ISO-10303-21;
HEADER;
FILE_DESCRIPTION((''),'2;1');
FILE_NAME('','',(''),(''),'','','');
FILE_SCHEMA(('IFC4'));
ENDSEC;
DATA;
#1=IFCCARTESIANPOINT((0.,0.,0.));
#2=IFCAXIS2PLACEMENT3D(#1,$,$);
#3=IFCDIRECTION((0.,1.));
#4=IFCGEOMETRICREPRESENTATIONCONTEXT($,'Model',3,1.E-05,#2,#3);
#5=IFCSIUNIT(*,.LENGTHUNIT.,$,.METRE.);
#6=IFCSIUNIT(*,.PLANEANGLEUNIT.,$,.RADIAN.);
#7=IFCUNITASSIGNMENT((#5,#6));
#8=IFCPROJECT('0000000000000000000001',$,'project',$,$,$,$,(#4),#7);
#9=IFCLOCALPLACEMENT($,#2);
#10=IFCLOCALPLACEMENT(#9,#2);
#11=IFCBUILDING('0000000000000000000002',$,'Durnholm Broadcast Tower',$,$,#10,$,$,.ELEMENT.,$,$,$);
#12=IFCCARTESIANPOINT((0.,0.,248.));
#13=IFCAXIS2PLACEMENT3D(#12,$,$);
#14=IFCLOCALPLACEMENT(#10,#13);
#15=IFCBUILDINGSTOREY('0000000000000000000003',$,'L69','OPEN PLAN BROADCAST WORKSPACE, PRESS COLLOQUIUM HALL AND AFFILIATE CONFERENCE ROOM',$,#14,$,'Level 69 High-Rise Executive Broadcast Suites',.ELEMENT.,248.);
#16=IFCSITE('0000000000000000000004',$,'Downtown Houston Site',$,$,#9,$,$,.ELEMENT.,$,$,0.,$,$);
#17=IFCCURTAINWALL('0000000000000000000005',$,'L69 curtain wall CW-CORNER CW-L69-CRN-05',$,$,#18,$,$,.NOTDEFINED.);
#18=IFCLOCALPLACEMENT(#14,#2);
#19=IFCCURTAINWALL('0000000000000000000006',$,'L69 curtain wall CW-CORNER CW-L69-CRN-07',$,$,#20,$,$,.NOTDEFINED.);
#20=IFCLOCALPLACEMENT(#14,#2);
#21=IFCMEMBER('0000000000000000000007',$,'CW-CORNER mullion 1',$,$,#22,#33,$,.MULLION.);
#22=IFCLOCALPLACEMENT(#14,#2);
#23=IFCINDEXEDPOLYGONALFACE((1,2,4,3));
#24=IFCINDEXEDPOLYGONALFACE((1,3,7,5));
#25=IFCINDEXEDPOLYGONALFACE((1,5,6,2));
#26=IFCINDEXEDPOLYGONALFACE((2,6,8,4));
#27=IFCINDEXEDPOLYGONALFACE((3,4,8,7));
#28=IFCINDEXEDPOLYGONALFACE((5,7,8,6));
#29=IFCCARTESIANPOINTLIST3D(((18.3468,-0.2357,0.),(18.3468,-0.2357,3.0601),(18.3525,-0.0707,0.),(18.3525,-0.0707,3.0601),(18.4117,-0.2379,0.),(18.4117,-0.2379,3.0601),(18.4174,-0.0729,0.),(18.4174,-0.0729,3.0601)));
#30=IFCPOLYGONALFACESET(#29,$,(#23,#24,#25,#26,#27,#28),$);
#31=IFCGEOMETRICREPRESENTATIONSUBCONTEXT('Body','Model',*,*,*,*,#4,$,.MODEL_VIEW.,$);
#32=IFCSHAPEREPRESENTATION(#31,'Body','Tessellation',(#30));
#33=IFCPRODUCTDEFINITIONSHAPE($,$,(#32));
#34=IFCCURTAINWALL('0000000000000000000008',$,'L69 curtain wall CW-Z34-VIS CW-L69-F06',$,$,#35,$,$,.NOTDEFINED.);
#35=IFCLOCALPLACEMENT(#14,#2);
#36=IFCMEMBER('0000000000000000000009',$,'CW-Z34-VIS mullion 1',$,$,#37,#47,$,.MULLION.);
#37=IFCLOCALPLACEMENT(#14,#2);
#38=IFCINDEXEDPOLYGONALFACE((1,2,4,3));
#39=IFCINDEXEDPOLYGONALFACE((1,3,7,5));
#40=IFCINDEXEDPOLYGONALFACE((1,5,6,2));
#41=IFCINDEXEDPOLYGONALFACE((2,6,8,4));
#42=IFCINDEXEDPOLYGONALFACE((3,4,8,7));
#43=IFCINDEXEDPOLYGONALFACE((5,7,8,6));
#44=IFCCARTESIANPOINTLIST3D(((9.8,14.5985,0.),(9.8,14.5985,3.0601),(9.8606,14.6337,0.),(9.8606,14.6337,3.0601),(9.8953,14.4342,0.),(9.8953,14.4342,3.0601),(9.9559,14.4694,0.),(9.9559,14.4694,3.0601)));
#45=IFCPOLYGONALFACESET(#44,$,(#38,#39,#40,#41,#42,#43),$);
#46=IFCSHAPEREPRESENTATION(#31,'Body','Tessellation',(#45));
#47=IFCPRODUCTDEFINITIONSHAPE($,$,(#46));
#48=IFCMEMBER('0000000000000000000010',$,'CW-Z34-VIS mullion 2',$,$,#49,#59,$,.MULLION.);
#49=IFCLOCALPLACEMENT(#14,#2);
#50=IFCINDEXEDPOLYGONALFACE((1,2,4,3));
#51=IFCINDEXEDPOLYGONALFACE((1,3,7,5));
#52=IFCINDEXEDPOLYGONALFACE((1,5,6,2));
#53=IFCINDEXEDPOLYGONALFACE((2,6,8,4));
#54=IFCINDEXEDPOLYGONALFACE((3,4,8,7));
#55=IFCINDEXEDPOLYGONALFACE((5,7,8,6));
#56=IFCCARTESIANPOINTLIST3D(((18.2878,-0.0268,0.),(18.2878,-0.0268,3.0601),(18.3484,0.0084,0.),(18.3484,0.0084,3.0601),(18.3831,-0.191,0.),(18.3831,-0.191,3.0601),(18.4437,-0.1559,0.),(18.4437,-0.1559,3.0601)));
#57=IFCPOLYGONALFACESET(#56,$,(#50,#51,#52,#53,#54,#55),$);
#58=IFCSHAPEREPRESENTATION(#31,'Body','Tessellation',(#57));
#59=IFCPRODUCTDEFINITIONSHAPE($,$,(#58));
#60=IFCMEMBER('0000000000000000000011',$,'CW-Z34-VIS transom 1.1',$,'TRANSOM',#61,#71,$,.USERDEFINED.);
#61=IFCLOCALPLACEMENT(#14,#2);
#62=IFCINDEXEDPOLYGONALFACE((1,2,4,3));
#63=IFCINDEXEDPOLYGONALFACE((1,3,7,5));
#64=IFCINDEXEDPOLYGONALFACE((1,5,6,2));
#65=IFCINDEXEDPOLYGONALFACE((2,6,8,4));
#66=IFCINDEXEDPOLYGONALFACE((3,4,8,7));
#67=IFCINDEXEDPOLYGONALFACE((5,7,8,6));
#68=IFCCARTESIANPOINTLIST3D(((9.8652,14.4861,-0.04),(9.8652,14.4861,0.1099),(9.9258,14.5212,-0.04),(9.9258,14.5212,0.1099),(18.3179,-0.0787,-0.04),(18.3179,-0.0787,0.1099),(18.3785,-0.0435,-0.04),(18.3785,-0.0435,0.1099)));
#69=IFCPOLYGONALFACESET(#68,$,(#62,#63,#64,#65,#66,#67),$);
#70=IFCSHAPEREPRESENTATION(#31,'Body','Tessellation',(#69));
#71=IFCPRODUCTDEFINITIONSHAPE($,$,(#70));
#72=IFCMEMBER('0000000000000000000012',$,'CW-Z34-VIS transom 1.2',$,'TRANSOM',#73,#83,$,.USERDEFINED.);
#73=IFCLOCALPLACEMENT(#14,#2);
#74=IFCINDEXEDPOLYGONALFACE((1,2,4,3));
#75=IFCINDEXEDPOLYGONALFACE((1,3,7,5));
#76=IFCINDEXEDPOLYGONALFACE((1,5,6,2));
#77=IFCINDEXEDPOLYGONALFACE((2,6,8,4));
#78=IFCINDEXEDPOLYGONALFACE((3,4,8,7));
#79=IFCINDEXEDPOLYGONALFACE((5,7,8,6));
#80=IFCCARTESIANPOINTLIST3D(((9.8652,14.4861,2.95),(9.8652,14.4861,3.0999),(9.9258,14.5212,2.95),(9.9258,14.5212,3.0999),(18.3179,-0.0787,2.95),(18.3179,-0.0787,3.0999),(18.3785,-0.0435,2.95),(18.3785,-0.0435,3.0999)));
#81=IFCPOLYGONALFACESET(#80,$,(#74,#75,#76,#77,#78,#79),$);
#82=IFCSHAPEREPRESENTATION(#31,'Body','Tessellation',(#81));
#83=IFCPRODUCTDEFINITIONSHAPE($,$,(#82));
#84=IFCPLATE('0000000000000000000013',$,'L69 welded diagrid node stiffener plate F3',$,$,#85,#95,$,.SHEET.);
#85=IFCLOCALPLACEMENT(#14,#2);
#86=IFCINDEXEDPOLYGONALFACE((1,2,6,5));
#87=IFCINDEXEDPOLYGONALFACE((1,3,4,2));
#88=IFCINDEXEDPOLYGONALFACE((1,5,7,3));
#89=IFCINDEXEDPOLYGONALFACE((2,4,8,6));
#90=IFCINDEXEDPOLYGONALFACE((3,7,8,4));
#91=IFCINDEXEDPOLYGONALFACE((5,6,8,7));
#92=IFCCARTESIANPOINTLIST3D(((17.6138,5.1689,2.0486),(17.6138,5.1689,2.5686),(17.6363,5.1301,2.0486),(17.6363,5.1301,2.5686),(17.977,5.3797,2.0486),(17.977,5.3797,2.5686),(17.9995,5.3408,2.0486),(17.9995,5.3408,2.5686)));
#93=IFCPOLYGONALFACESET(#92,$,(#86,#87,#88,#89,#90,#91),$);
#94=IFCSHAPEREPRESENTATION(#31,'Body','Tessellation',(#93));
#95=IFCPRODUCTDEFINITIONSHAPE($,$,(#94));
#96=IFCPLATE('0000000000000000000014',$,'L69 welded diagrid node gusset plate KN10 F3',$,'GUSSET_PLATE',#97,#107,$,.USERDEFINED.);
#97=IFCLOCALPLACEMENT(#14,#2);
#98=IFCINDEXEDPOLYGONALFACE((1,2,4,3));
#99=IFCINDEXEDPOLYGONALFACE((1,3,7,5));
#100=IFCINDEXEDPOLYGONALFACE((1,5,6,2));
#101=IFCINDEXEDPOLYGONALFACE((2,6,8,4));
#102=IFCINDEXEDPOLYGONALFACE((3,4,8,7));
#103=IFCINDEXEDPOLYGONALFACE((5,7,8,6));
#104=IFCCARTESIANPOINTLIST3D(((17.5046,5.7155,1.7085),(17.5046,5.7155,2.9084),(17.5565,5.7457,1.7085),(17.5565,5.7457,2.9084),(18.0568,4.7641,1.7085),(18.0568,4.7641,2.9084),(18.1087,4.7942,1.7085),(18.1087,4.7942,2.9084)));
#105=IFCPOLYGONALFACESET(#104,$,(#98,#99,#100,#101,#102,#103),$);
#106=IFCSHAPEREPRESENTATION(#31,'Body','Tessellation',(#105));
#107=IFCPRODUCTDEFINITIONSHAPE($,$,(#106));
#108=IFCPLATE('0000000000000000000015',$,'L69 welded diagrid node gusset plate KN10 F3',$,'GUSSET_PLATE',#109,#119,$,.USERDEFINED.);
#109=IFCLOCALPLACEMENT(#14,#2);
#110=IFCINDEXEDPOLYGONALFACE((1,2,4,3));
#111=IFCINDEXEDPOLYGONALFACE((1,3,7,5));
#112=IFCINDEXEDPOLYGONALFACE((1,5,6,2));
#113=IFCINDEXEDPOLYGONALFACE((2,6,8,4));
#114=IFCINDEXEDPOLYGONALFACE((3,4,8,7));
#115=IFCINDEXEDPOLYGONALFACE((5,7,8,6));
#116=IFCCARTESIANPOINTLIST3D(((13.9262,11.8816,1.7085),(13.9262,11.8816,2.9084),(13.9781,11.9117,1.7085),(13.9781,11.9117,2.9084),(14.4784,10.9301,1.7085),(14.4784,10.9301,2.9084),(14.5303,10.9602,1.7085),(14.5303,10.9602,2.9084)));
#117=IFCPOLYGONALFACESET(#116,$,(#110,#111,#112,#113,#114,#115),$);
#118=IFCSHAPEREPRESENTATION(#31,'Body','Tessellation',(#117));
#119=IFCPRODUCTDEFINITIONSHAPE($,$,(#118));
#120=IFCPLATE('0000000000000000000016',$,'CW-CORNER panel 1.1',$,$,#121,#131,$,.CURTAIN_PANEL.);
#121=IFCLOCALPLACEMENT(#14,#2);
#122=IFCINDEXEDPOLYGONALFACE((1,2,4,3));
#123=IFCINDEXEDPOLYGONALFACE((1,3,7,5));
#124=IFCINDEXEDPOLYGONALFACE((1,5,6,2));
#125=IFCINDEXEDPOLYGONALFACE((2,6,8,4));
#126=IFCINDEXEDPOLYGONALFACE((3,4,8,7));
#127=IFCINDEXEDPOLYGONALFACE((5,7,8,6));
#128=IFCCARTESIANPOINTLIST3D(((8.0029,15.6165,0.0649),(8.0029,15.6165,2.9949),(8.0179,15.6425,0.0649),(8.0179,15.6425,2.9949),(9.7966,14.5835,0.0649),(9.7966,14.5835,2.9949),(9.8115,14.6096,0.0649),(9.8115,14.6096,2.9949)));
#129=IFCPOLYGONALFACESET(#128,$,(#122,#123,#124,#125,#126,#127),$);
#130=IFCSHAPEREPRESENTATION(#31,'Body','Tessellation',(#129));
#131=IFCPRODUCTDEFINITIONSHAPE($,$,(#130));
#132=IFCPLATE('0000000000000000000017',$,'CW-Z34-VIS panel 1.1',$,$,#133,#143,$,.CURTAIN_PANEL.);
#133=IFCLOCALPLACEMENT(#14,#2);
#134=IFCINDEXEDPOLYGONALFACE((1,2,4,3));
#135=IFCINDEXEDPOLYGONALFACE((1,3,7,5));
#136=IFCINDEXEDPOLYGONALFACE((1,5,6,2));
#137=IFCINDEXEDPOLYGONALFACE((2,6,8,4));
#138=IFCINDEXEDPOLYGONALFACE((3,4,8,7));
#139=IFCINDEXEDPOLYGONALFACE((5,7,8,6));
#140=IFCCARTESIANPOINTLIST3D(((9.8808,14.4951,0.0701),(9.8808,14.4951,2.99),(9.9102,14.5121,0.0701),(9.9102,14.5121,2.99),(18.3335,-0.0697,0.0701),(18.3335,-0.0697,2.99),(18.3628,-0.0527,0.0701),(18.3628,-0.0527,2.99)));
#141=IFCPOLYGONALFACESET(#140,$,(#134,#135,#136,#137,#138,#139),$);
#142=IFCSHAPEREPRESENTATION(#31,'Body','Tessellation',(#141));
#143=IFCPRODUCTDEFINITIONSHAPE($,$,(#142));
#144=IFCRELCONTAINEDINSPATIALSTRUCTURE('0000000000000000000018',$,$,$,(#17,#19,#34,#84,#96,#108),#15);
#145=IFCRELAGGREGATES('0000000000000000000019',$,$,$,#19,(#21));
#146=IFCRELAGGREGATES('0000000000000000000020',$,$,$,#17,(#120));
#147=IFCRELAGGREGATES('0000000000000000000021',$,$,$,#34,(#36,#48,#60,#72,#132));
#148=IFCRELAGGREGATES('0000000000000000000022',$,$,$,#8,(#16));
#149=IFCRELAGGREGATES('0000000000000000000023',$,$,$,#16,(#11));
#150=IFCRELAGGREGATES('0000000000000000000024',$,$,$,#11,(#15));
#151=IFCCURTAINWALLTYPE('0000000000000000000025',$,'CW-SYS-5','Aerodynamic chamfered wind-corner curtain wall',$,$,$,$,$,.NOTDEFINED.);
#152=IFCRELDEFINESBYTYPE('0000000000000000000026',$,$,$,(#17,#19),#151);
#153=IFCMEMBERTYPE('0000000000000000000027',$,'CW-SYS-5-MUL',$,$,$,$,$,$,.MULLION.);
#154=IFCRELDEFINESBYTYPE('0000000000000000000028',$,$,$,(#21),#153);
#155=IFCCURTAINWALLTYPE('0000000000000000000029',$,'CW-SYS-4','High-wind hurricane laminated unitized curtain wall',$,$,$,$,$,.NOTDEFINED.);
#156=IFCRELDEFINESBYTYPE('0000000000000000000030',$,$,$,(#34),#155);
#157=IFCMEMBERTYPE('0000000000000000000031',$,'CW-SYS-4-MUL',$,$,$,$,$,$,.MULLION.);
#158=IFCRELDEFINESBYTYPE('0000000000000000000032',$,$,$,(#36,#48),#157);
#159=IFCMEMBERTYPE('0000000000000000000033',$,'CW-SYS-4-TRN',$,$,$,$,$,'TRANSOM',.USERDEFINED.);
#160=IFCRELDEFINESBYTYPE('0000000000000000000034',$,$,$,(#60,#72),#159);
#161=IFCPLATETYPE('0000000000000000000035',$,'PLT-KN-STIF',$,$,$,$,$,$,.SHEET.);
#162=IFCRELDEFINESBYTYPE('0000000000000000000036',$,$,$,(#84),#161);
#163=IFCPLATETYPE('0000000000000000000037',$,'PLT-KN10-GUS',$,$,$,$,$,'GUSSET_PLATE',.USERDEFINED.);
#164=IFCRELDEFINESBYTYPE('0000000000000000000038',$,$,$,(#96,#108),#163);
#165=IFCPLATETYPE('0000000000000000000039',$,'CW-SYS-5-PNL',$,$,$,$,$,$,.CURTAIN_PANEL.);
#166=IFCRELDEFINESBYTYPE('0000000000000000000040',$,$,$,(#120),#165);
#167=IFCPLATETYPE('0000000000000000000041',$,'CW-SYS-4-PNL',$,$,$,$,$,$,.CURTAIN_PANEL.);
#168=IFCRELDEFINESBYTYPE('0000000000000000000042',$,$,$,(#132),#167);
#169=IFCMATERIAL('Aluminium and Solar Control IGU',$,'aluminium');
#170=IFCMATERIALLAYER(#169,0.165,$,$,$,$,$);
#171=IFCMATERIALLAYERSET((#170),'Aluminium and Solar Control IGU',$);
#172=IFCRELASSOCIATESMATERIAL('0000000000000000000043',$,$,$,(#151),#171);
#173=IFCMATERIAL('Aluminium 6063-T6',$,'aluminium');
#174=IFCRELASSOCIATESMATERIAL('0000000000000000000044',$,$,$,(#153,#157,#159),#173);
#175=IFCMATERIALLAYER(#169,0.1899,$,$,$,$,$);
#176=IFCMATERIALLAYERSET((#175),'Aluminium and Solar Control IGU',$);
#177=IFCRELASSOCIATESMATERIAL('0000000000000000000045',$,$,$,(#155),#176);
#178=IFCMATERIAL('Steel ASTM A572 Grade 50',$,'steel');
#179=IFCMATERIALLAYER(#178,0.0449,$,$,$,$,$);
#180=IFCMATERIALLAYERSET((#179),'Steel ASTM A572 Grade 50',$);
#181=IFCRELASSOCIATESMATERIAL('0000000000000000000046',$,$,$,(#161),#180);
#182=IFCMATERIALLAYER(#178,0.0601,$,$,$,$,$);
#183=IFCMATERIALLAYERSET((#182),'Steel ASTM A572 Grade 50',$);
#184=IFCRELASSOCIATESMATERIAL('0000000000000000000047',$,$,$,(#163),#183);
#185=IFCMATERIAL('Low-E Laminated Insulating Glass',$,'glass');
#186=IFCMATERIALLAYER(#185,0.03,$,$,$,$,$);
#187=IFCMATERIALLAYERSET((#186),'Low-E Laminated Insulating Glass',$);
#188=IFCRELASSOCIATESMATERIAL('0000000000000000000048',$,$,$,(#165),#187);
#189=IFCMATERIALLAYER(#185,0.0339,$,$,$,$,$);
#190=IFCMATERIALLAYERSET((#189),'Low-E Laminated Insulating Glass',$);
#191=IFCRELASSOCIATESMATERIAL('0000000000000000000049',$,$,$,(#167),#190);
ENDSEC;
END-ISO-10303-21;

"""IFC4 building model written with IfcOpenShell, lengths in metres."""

from ifc_helpers import new_model, si_unit, direction, frame, origin, origin_2d, place, context, subcontext, project, spatial, rectangle, extrude, source, transform, mapped, material, layer, layer_set, material_profile, profile_set, type_object, type_shapes, element, aggregate, save


model = new_model("IFC4")

# Units and contexts
model_context = context("Model", 3, precision=1e-05, world=origin(), true_north=direction((0.0, 1.0)))
body_context = subcontext(model_context, "Body", "Model", "MODEL_VIEW")
ifc_project = project(units=[si_unit("LENGTHUNIT", "METRE"), si_unit("PLANEANGLEUNIT", "RADIAN")], contexts=[model_context])

# Site, building, storey
site_placement = place(None, origin())
site = spatial("IfcSite", under=ifc_project, at=site_placement, Name="Downtown Houston Site", CompositionType="ELEMENT", RefElevation=0.0)
building_placement = place(site_placement, origin())
building = spatial("IfcBuilding", under=site, at=building_placement, Name="Durnholm Broadcast Tower", CompositionType="ELEMENT")
storey_placement = place(building_placement, frame((0.0, 0.0, 248.0)))
storey = spatial("IfcBuildingStorey", under=building, at=storey_placement, Name="L69", Description="OPEN PLAN BROADCAST WORKSPACE, PRESS COLLOQUIUM HALL AND AFFILIATE CONFERENCE ROOM", LongName="Level 69 High-Rise Executive Broadcast Suites", CompositionType="ELEMENT", Elevation=248.0)

# Curtain walls
ifc_material_1 = material(Name="Aluminium and Solar Control IGU", Category="aluminium")
ifc_layer_1 = layer(ifc_material_1, 0.165)
ifc_layer_set_1 = layer_set([ifc_layer_1], Name="Aluminium and Solar Control IGU")
curtain_wall_type_1 = type_object("IfcCurtainWallType", Name="CW-SYS-5", Description="Aerodynamic chamfered wind-corner curtain wall", PredefinedType="NOTDEFINED", material=ifc_layer_set_1)
curtain_wall_1_placement = place(storey_placement, origin())
curtain_wall_1 = element("IfcCurtainWall", 1, at=curtain_wall_1_placement, inside=storey, type_object=curtain_wall_type_1, Name="L69 curtain wall CW-CORNER CW-L69-CRN-05", PredefinedType="NOTDEFINED")
ifc_material_2 = material(Name="Aluminium 6063-T6", Category="aluminium")
curtain_wall_2_placement = place(storey_placement, origin())
curtain_wall_2 = element("IfcCurtainWall", 2, at=curtain_wall_2_placement, inside=storey, type_object=curtain_wall_type_1, Name="L69 curtain wall CW-CORNER CW-L69-CRN-07", PredefinedType="NOTDEFINED")

# Member
ifc_material_profile_1 = material_profile(ifc_material_2, rectangle(XDim=0.0649, YDim=0.165, at=origin_2d()), Name="CWM65X165")
ifc_profile_set_1 = profile_set([ifc_material_profile_1], Name="Aluminium 6063-T6")
member_type_1 = type_object("IfcMemberType", Name="CW-SYS-5-MUL", PredefinedType="MULLION", material=ifc_profile_set_1)
shared_shape_1 = source(origin(), body_context, "Body", "SweptSolid", [
    extrude(rectangle(XDim=0.0649, YDim=0.165, at=origin_2d()), origin(), (0.0, 0.0, 1.0), 3.0601),
])
type_shapes(member_type_1, [shared_shape_1])
member_1_placement = place(storey_placement, frame((18.3821, -0.1543, 0.0), z_axis=(0.0, 0.0, 1.0), x_axis=(0.999411, -0.034318, 0.0)))
member_1 = element("IfcMember", 3, at=member_1_placement, type_object=member_type_1, Name="CW-CORNER mullion 1", PredefinedType="MULLION", context=body_context, shape_type="MappedRepresentation", body=[
    mapped(shared_shape_1, transform((0.0, 0.0, 0.0), x_axis=(1.0, 0.0, 0.0), y_axis=(0.0, 1.0, 0.0), z_axis=(0.0, 0.0, 1.0), scale=1.0)),
])
aggregate(curtain_wall_2, [member_1])

# Curtain wall, members
ifc_layer_2 = layer(ifc_material_1, 0.1899)
ifc_layer_set_2 = layer_set([ifc_layer_2], Name="Aluminium and Solar Control IGU")
curtain_wall_type_2 = type_object("IfcCurtainWallType", Name="CW-SYS-4", Description="High-wind hurricane laminated unitized curtain wall", PredefinedType="NOTDEFINED", material=ifc_layer_set_2)
curtain_wall_3_placement = place(storey_placement, origin())
curtain_wall_3 = element("IfcCurtainWall", 4, at=curtain_wall_3_placement, inside=storey, type_object=curtain_wall_type_2, Name="L69 curtain wall CW-Z34-VIS CW-L69-F06", PredefinedType="NOTDEFINED")
ifc_material_profile_2 = material_profile(ifc_material_2, rectangle(XDim=0.0701, YDim=0.1899, at=origin_2d()), Name="CWM70X190")
ifc_profile_set_2 = profile_set([ifc_material_profile_2], Name="Aluminium 6063-T6")
member_type_2 = type_object("IfcMemberType", Name="CW-SYS-4-MUL", PredefinedType="MULLION", material=ifc_profile_set_2)
shared_shape_2 = source(origin(), body_context, "Body", "SweptSolid", [
    extrude(rectangle(XDim=0.0701, YDim=0.1899, at=origin_2d()), origin(), (0.0, 0.0, 1.0), 3.0601),
])
type_shapes(member_type_2, [shared_shape_2])
member_2_placement = place(storey_placement, frame((9.8779, 14.5339, 0.0), z_axis=(0.0, 0.0, 1.0), x_axis=(0.8649, 0.501944, 0.0)))
member_2 = element("IfcMember", 5, at=member_2_placement, type_object=member_type_2, Name="CW-Z34-VIS mullion 1", PredefinedType="MULLION", context=body_context, shape_type="MappedRepresentation", body=[
    mapped(shared_shape_2, transform((0.0, 0.0, 0.0), x_axis=(1.0, 0.0, 0.0), y_axis=(0.0, 1.0, 0.0), z_axis=(0.0, 0.0, 1.0), scale=1.0)),
])
member_3_placement = place(storey_placement, frame((18.3657, -0.0913, 0.0), z_axis=(0.0, 0.0, 1.0), x_axis=(0.8649, 0.501944, 0.0)))
member_3 = element("IfcMember", 6, at=member_3_placement, type_object=member_type_2, Name="CW-Z34-VIS mullion 2", PredefinedType="MULLION", context=body_context, shape_type="MappedRepresentation", body=[
    mapped(shared_shape_2, transform((0.0, 0.0, 0.0), x_axis=(1.0, 0.0, 0.0), y_axis=(0.0, 1.0, 0.0), z_axis=(0.0, 0.0, 1.0), scale=1.0)),
])
ifc_material_profile_3 = material_profile(ifc_material_2, rectangle(XDim=0.0701, YDim=0.1499, at=origin_2d()), Name="CWT70X150")
ifc_profile_set_3 = profile_set([ifc_material_profile_3], Name="Aluminium 6063-T6")
member_type_3 = type_object("IfcMemberType", Name="CW-SYS-4-TRN", ElementType="TRANSOM", PredefinedType="USERDEFINED", material=ifc_profile_set_3)
shared_shape_3 = source(origin(), body_context, "Body", "SweptSolid", [
    extrude(rectangle(XDim=0.0701, YDim=0.1499, at=origin_2d()), origin(), (0.0, 0.0, 1.0), 16.8398),
])
type_shapes(member_type_3, [shared_shape_3])
member_4_placement = place(storey_placement, frame((9.8955, 14.5037, 0.0349), z_axis=(0.501945, -0.864899, 0.0), x_axis=(0.864899, 0.501945, 0.0)))
member_4 = element("IfcMember", 7, at=member_4_placement, type_object=member_type_3, Name="CW-Z34-VIS transom 1.1", ObjectType="TRANSOM", PredefinedType="USERDEFINED", context=body_context, shape_type="MappedRepresentation", body=[
    mapped(shared_shape_3, transform((0.0, 0.0, 0.0), x_axis=(1.0, 0.0, 0.0), y_axis=(0.0, 1.0, 0.0), z_axis=(0.0, 0.0, 1.0), scale=1.0)),
])
member_5_placement = place(storey_placement, frame((9.8955, 14.5037, 3.0249), z_axis=(0.501945, -0.864899, 0.0), x_axis=(0.864899, 0.501945, 0.0)))
member_5 = element("IfcMember", 8, at=member_5_placement, type_object=member_type_3, Name="CW-Z34-VIS transom 1.2", ObjectType="TRANSOM", PredefinedType="USERDEFINED", context=body_context, shape_type="MappedRepresentation", body=[
    mapped(shared_shape_3, transform((0.0, 0.0, 0.0), x_axis=(1.0, 0.0, 0.0), y_axis=(0.0, 1.0, 0.0), z_axis=(0.0, 0.0, 1.0), scale=1.0)),
])

# Plates
ifc_material_3 = material(Name="Steel ASTM A572 Grade 50", Category="steel")
ifc_layer_3 = layer(ifc_material_3, 0.0449)
ifc_layer_set_3 = layer_set([ifc_layer_3], Name="Steel ASTM A572 Grade 50")
plate_type_1 = type_object("IfcPlateType", Name="PLT-KN-STIF", PredefinedType="SHEET", material=ifc_layer_set_3)
shared_shape_4 = source(origin(), body_context, "Body", "SweptSolid", [
    extrude(rectangle(XDim=0.0449, YDim=0.4199, at=origin_2d()), origin(), (0.0, 0.0, 1.0), 0.52),
])
type_shapes(plate_type_1, [shared_shape_4])
plate_1_placement = place(storey_placement, frame((17.8066, 5.2549, 2.0486), z_axis=(0.0, 0.0, 1.0), x_axis=(-0.501964, 0.864889, 0.0)))
element("IfcPlate", 9, at=plate_1_placement, inside=storey, type_object=plate_type_1, Name="L69 welded diagrid node stiffener plate F3", PredefinedType="SHEET", context=body_context, shape_type="MappedRepresentation", body=[
    mapped(shared_shape_4, transform((0.0, 0.0, 0.0), x_axis=(1.0, 0.0, 0.0), y_axis=(0.0, 1.0, 0.0), z_axis=(0.0, 0.0, 1.0), scale=1.0)),
])
ifc_layer_4 = layer(ifc_material_3, 0.0601)
ifc_layer_set_4 = layer_set([ifc_layer_4], Name="Steel ASTM A572 Grade 50")
plate_type_2 = type_object("IfcPlateType", Name="PLT-KN10-GUS", ElementType="GUSSET_PLATE", PredefinedType="USERDEFINED", material=ifc_layer_set_4)
shared_shape_5 = source(origin(), body_context, "Body", "SweptSolid", [
    extrude(rectangle(XDim=1.1001, YDim=0.0601, at=origin_2d()), origin(), (0.0, 0.0, 1.0), 1.2),
])
type_shapes(plate_type_2, [shared_shape_5])
for number, where, z_axis, x_axis, name in (
    (10, (17.8066, 5.2549, 1.7085), (0.0, 0.0, 1.0), (-0.501964, 0.864889, 0.0), "L69 welded diagrid node gusset plate KN10 F3"),
    (11, (14.2283, 11.4209, 1.7085), (0.0, 0.0, 1.0), (-0.501964, 0.864889, 0.0), "L69 welded diagrid node gusset plate KN10 F3"),
):
    element("IfcPlate", number, at=place(storey_placement, frame(where, z_axis=z_axis, x_axis=x_axis)), inside=storey, type_object=plate_type_2, Name=name, ObjectType="GUSSET_PLATE", PredefinedType="USERDEFINED", context=body_context, shape_type="MappedRepresentation", body=[
        mapped(shared_shape_5, transform((0.0, 0.0, 0.0), x_axis=(1.0, 0.0, 0.0), y_axis=(0.0, 1.0, 0.0), z_axis=(0.0, 0.0, 1.0), scale=1.0)),
    ])

# Plates
ifc_material_4 = material(Name="Low-E Laminated Insulating Glass", Category="glass")
ifc_layer_5 = layer(ifc_material_4, 0.03)
ifc_layer_set_5 = layer_set([ifc_layer_5], Name="Low-E Laminated Insulating Glass")
plate_type_3 = type_object("IfcPlateType", Name="CW-SYS-5-PNL", PredefinedType="CURTAIN_PANEL", material=ifc_layer_set_5)
shared_shape_6 = source(origin(), body_context, "Body", "SweptSolid", [
    extrude(rectangle(XDim=2.0698, YDim=0.03, at=origin_2d()), origin(), (0.0, 0.0, 1.0), 2.9299),
])
type_shapes(plate_type_3, [shared_shape_6])
plate_2_placement = place(storey_placement, frame((8.9072, 15.113, 0.0649), z_axis=(0.0, 0.0, 1.0), x_axis=(0.866568, -0.499059, 0.0)))
plate_2 = element("IfcPlate", 12, at=plate_2_placement, type_object=plate_type_3, Name="CW-CORNER panel 1.1", PredefinedType="CURTAIN_PANEL", context=body_context, shape_type="MappedRepresentation", body=[
    mapped(shared_shape_6, transform((0.0, 0.0, 0.0), x_axis=(1.0, 0.0, 0.0), y_axis=(0.0, 1.0, 0.0), z_axis=(0.0, 0.0, 1.0), scale=1.0)),
])
aggregate(curtain_wall_1, [plate_2])
ifc_layer_6 = layer(ifc_material_4, 0.0339)
ifc_layer_set_6 = layer_set([ifc_layer_6], Name="Low-E Laminated Insulating Glass")
plate_type_4 = type_object("IfcPlateType", Name="CW-SYS-4-PNL", PredefinedType="CURTAIN_PANEL", material=ifc_layer_set_6)
shared_shape_7 = source(origin(), body_context, "Body", "SweptSolid", [
    extrude(rectangle(XDim=16.8398, YDim=0.0339, at=origin_2d()), origin(), (0.0, 0.0, 1.0), 2.9199),
])
type_shapes(plate_type_4, [shared_shape_7])
plate_3_placement = place(storey_placement, frame((14.1218, 7.2212, 0.0701), z_axis=(0.0, 0.0, 1.0), x_axis=(0.501944, -0.8649, 0.0)))
plate_3 = element("IfcPlate", 13, at=plate_3_placement, type_object=plate_type_4, Name="CW-Z34-VIS panel 1.1", PredefinedType="CURTAIN_PANEL", context=body_context, shape_type="MappedRepresentation", body=[
    mapped(shared_shape_7, transform((0.0, 0.0, 0.0), x_axis=(1.0, 0.0, 0.0), y_axis=(0.0, 1.0, 0.0), z_axis=(0.0, 0.0, 1.0), scale=1.0)),
])
aggregate(curtain_wall_3, [member_2, member_3, member_4, member_5, plate_3])

save(model, "model.ifc")
